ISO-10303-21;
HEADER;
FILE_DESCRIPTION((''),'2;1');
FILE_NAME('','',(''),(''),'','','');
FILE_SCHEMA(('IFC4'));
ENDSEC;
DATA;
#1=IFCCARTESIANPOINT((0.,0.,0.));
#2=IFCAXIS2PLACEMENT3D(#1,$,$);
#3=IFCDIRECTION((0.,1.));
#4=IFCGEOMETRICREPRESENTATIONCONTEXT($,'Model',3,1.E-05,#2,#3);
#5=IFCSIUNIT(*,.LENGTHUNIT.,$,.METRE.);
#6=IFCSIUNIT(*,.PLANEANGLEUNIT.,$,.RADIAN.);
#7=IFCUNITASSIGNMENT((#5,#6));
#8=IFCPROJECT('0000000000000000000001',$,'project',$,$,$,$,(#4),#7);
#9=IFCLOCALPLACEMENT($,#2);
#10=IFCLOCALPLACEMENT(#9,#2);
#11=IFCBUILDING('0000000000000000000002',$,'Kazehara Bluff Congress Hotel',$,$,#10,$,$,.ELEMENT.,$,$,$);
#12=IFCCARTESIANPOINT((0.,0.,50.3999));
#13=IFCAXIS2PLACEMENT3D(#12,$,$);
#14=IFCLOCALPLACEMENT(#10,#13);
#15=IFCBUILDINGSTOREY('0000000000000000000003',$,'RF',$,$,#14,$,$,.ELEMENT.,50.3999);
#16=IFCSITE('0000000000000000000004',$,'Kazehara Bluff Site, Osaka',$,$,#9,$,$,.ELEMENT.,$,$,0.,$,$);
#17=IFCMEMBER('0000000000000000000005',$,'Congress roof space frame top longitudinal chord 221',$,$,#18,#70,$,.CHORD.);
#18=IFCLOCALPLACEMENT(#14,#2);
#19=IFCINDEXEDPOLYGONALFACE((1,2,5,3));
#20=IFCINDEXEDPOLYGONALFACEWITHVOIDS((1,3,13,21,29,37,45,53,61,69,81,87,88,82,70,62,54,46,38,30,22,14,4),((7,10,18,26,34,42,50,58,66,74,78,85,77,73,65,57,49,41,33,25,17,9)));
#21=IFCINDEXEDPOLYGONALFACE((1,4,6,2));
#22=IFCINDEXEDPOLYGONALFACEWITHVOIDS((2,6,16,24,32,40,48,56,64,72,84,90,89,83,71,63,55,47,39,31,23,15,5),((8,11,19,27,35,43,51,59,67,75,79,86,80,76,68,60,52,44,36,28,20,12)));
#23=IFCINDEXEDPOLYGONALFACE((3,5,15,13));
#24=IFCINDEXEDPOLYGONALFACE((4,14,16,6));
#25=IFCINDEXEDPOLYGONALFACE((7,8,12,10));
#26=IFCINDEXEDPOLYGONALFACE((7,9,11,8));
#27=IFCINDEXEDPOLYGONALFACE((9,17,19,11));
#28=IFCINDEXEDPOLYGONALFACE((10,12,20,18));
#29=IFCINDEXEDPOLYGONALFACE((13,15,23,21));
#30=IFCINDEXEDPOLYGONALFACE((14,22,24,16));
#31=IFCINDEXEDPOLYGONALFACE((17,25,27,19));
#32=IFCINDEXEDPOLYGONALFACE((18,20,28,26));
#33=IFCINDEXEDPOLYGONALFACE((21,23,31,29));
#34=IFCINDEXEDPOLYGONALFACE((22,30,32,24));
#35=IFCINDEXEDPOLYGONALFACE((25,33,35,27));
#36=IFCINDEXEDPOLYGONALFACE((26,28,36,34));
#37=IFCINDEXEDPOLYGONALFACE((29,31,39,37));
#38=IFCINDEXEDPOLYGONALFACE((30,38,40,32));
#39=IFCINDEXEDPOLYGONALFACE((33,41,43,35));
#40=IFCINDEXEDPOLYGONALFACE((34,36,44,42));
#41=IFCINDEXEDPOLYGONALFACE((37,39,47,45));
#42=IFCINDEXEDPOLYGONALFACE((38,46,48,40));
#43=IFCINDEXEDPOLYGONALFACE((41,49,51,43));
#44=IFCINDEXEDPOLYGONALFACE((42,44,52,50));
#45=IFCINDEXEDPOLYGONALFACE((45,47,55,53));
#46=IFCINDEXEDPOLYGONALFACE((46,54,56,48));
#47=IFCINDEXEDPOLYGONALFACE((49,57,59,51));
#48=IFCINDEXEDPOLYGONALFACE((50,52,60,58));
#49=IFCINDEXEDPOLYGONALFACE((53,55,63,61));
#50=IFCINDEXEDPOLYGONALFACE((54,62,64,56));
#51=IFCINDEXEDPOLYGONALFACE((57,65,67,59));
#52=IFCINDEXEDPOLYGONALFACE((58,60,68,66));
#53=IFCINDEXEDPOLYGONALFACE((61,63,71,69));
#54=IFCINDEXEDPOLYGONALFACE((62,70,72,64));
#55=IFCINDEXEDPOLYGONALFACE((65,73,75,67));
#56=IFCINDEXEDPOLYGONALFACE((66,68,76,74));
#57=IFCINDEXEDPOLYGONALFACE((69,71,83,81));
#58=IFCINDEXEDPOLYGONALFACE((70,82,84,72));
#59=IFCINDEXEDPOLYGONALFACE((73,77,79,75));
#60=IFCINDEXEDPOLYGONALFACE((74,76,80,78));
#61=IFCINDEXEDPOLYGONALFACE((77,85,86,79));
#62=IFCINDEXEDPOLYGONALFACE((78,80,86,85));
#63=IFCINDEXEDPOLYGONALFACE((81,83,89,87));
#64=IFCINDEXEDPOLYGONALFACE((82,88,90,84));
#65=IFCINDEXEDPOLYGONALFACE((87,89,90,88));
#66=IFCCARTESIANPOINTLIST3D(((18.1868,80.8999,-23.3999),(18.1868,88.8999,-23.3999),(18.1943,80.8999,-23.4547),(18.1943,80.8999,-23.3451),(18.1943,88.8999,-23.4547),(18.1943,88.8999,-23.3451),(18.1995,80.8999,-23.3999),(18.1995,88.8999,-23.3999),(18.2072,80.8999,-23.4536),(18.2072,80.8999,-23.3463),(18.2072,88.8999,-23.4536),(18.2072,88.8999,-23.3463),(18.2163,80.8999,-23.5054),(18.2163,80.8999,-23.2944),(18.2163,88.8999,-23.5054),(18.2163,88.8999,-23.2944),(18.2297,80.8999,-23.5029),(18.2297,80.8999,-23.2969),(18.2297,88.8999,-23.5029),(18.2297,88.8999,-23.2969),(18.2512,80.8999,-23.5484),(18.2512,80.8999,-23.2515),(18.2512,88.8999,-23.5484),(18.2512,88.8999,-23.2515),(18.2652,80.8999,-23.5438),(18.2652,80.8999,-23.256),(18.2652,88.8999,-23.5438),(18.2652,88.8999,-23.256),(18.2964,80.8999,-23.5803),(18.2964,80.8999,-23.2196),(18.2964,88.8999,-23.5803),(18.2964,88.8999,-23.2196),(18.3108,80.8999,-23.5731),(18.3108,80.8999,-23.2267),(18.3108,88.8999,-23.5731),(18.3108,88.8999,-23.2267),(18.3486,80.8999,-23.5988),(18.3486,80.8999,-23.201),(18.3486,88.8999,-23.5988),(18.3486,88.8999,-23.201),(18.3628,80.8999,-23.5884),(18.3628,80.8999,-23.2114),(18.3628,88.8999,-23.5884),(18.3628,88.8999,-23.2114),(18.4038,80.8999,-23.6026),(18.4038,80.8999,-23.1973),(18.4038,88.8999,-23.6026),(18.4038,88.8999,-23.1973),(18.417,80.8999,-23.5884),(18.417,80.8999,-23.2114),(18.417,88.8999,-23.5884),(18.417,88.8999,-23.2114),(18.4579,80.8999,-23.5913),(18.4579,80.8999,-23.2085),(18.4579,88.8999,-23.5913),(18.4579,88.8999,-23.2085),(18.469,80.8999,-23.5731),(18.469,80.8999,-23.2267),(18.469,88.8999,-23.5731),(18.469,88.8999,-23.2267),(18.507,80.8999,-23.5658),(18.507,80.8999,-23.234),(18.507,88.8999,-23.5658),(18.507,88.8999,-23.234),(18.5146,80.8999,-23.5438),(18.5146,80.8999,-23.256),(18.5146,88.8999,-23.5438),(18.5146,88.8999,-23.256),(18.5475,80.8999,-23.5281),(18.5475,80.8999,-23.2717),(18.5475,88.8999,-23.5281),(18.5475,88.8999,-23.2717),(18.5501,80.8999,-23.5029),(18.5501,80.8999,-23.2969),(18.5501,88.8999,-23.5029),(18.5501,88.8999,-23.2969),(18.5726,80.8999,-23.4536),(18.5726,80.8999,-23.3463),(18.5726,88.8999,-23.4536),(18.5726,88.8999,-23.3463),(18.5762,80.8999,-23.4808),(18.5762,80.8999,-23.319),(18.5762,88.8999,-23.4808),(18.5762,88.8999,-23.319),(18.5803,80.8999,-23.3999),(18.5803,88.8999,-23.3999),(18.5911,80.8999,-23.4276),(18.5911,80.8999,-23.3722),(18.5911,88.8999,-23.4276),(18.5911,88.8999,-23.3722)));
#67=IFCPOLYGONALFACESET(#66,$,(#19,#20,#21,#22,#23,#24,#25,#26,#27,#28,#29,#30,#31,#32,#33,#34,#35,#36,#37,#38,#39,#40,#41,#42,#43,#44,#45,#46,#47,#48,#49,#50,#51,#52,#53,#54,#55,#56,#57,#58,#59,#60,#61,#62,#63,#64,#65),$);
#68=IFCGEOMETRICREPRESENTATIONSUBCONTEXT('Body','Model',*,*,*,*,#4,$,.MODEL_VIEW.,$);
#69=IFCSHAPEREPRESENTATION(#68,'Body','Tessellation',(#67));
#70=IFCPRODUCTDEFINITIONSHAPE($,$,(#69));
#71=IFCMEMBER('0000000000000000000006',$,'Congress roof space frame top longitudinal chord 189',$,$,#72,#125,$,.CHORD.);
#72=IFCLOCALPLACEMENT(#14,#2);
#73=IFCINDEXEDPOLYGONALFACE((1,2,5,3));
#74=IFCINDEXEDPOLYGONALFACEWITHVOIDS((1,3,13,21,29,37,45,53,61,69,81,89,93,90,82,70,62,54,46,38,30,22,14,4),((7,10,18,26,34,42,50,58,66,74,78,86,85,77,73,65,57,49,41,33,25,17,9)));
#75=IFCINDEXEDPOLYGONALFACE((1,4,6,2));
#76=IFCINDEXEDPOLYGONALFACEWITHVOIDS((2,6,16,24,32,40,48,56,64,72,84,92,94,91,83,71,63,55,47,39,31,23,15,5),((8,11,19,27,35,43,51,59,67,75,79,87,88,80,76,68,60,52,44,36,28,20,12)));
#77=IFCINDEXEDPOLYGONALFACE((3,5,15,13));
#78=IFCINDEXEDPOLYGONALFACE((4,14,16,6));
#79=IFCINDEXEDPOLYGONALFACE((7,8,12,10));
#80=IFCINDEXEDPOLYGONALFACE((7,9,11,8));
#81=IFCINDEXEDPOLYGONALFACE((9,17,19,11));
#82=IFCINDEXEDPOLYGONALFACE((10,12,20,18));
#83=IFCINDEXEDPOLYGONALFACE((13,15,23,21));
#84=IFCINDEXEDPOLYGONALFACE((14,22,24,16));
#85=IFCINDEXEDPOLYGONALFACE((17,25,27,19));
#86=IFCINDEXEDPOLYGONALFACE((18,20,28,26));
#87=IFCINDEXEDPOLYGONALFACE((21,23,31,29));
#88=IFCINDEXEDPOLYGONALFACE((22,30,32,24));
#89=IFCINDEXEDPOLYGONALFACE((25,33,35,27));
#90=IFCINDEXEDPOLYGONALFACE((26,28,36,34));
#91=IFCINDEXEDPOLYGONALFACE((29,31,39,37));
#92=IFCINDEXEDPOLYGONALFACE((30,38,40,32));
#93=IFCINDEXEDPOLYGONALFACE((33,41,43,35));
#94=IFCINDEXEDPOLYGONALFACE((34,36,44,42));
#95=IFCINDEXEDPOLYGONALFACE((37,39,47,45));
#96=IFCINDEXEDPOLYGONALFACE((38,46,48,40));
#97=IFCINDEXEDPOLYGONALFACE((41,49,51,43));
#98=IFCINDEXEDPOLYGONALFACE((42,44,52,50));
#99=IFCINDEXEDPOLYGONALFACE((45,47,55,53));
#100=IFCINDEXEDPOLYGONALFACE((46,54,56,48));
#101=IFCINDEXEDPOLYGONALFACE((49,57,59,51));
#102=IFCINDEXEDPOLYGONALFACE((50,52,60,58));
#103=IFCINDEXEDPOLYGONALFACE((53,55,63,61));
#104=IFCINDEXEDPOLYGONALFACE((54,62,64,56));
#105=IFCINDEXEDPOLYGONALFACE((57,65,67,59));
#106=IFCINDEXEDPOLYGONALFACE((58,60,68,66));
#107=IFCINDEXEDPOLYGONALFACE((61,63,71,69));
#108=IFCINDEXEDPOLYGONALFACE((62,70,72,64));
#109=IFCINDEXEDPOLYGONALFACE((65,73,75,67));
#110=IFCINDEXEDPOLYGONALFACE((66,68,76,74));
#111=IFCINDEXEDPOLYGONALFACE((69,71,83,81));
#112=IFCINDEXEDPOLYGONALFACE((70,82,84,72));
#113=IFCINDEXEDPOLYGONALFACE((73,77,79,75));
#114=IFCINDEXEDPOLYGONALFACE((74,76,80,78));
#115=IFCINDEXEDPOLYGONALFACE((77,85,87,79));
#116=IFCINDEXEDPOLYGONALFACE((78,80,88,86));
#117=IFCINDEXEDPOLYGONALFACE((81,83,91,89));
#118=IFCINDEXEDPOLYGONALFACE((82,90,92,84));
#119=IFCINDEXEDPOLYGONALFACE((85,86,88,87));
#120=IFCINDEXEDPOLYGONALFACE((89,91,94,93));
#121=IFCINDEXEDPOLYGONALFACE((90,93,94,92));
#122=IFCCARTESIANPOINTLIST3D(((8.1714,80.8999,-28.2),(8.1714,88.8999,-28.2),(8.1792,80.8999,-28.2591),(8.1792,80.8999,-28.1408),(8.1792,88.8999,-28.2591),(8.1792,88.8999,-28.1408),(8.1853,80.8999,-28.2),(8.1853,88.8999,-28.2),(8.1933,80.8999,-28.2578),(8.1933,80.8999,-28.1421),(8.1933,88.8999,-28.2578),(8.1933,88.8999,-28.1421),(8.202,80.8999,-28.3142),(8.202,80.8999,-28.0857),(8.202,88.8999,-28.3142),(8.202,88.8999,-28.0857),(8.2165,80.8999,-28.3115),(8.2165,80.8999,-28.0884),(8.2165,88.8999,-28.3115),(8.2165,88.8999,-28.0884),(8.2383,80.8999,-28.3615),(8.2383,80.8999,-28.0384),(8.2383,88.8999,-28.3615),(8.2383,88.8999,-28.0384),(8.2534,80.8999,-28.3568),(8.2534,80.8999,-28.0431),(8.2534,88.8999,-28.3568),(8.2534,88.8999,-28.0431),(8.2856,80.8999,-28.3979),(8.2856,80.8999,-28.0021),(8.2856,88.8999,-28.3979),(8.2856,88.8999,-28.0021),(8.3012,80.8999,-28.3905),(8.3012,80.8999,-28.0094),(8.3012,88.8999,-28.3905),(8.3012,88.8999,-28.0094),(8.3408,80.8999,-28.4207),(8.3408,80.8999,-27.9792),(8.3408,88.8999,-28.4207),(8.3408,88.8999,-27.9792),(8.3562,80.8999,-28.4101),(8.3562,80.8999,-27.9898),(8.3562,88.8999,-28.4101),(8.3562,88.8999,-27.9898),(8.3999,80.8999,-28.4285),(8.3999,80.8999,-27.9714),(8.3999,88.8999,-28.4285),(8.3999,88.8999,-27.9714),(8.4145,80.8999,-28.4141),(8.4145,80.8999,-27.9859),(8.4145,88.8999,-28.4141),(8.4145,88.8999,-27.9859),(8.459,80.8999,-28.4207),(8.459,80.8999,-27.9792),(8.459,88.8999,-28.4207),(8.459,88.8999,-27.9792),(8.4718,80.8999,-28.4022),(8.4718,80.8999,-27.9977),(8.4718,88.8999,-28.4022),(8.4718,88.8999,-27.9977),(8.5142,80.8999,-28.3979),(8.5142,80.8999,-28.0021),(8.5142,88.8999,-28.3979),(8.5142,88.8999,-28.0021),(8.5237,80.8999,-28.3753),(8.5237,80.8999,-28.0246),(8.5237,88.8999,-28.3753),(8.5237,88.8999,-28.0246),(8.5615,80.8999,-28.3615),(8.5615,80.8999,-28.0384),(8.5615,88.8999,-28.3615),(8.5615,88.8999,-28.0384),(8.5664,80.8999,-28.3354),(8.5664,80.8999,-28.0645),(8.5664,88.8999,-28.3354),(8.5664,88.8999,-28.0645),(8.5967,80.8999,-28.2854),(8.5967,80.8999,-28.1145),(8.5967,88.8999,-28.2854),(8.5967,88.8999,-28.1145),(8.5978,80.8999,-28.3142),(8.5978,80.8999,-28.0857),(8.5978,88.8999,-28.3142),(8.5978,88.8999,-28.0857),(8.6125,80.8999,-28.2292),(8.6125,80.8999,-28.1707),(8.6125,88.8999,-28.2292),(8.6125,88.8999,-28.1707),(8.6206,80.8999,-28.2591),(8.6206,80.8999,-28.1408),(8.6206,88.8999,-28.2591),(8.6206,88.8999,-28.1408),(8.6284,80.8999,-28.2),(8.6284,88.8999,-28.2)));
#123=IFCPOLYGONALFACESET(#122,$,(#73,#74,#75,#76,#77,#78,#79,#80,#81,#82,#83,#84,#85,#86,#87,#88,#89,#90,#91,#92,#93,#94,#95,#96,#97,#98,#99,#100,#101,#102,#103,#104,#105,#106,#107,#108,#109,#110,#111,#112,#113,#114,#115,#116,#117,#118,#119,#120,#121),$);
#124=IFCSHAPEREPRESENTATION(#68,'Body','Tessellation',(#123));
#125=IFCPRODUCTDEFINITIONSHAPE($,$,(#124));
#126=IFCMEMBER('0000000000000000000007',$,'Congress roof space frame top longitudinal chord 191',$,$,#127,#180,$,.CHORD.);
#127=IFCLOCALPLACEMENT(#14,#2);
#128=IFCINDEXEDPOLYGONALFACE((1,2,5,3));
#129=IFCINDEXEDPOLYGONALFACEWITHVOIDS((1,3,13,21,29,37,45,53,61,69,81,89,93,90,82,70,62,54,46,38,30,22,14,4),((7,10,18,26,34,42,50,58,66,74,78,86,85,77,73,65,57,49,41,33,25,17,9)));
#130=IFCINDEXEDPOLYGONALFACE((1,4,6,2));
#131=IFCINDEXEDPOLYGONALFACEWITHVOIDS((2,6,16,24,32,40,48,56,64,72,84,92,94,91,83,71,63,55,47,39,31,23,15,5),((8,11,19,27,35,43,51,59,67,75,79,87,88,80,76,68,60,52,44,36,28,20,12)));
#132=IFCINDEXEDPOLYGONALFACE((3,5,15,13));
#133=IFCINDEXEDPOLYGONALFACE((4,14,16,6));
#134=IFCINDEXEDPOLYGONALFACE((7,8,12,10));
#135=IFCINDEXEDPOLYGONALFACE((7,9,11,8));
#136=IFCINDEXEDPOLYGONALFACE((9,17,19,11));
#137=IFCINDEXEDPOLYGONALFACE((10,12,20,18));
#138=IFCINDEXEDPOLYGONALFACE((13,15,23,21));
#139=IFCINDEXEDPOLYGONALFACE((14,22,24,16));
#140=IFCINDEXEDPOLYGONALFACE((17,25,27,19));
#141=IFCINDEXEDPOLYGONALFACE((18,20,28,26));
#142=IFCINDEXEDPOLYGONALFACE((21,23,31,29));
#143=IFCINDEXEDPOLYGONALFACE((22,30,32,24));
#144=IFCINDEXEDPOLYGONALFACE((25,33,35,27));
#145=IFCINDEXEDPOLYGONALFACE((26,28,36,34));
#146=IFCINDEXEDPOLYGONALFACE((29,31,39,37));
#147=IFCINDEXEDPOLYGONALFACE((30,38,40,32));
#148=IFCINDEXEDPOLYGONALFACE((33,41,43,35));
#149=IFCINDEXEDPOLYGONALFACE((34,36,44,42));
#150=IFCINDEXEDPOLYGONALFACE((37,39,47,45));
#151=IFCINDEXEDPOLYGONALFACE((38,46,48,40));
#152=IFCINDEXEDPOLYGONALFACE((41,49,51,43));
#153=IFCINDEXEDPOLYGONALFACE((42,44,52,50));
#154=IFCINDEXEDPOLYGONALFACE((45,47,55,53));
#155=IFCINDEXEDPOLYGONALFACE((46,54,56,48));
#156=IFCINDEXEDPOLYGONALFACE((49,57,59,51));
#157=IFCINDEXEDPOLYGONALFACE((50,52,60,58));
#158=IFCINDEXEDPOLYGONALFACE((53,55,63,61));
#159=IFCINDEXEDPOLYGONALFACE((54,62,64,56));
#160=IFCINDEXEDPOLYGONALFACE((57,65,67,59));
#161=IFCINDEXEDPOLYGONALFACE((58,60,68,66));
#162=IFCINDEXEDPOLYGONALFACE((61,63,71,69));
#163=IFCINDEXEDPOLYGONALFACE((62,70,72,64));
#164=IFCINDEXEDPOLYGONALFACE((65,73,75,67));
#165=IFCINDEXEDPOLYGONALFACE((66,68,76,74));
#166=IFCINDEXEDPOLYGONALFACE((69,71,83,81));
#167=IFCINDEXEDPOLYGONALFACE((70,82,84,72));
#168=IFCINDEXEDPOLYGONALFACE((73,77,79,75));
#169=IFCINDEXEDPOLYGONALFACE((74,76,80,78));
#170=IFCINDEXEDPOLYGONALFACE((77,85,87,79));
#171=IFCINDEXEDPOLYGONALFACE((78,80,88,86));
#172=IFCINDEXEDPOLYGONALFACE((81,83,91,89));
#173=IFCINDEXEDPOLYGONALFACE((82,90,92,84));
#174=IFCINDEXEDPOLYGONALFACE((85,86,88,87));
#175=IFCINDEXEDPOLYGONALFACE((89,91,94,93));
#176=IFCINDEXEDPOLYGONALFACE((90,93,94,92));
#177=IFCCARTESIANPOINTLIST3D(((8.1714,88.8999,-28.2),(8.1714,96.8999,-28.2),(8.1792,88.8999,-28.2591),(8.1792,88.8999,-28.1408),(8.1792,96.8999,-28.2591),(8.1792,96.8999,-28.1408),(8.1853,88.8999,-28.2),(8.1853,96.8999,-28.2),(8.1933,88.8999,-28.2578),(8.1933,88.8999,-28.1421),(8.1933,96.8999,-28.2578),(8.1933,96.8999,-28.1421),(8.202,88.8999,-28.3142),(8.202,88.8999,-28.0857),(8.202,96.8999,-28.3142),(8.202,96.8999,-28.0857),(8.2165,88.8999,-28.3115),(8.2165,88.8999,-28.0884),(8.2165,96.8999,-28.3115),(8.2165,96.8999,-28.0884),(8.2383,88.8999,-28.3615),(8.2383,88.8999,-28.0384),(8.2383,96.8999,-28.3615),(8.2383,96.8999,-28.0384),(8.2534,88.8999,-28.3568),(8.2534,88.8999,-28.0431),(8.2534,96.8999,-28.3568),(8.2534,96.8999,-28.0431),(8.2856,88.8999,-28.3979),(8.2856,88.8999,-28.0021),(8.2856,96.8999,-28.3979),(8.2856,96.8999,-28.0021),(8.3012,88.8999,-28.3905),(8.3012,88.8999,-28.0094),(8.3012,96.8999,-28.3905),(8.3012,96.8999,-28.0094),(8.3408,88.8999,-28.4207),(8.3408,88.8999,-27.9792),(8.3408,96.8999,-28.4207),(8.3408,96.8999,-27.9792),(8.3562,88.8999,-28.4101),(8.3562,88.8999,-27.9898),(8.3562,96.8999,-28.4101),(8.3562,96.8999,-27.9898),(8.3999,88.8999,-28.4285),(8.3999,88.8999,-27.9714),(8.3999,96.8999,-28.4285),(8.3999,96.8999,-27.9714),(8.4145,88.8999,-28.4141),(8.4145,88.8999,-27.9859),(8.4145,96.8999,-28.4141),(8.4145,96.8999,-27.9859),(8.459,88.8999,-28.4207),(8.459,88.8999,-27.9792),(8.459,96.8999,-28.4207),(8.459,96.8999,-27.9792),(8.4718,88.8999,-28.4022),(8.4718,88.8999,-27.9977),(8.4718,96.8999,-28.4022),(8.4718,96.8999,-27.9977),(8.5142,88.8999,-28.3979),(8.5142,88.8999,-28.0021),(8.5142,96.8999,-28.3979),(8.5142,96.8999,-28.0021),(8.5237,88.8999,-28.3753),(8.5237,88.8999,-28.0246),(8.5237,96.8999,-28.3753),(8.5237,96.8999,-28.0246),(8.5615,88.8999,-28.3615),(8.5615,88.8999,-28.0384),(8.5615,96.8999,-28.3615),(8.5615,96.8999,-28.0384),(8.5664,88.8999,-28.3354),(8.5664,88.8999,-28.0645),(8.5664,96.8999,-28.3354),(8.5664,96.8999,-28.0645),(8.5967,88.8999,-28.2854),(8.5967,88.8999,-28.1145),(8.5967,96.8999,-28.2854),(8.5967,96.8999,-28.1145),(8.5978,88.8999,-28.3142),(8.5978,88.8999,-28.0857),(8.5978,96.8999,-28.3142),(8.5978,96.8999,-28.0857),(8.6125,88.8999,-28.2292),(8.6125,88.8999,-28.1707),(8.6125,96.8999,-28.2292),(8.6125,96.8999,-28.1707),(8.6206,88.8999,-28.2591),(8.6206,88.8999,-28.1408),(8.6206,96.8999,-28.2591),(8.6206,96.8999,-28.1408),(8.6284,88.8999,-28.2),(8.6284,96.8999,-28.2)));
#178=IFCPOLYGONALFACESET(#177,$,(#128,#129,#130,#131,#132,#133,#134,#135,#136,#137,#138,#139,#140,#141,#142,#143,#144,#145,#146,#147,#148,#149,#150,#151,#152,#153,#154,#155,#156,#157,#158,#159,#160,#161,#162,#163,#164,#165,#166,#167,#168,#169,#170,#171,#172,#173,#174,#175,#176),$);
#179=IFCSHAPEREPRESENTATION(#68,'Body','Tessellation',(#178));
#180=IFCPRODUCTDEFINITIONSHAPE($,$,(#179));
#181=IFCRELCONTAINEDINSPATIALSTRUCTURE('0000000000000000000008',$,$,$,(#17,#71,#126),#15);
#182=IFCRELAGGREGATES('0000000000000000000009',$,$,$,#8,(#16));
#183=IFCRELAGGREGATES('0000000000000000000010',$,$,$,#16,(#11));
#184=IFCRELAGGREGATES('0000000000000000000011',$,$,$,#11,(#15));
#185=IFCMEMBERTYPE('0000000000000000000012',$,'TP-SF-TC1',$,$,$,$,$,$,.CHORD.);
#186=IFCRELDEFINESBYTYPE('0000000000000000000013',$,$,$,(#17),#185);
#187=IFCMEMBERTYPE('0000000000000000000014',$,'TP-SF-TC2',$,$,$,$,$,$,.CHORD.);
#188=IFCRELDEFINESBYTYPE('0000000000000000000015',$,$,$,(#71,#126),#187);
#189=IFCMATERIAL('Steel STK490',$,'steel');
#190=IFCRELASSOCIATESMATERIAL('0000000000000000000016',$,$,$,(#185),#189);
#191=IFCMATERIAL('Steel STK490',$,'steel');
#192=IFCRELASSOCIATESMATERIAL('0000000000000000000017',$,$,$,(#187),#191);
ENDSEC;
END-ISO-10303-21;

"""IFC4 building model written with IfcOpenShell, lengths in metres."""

from ifc_helpers import new_model, si_unit, direction, frame, origin, origin_2d, place, context, subcontext, project, spatial, hollow_circle, extrude, material, material_profile, profile_set, type_object, element, save


model = new_model("IFC4")

# Units and contexts
model_context = context("Model", 3, precision=1e-05, world=origin(), true_north=direction((0.0, 1.0)))
body_context = subcontext(model_context, "Body", "Model", "MODEL_VIEW")
ifc_project = project(units=[si_unit("LENGTHUNIT", "METRE"), si_unit("PLANEANGLEUNIT", "RADIAN")], contexts=[model_context])

# Site, building, storey
site_placement = place(None, origin())
site = spatial("IfcSite", under=ifc_project, at=site_placement, Name="Kazehara Bluff Site, Osaka", CompositionType="ELEMENT", RefElevation=0.0)
building_placement = place(site_placement, origin())
building = spatial("IfcBuilding", under=site, at=building_placement, Name="Kazehara Bluff Congress Hotel", CompositionType="ELEMENT")
storey_placement = place(building_placement, frame((0.0, 0.0, 50.3999)))
storey = spatial("IfcBuildingStorey", under=building, at=storey_placement, Name="RF", CompositionType="ELEMENT", Elevation=50.3999)

# Members
ifc_material_1 = material(Name="Steel STK490", Category="steel")
ifc_material_profile_1 = material_profile(ifc_material_1, hollow_circle(Radius=0.2031, WallThickness=0.0127, at=origin_2d()))
ifc_profile_set_1 = profile_set([ifc_material_profile_1], Name="Steel STK490")
member_type_1 = type_object("IfcMemberType", Name="TP-SF-TC1", PredefinedType="CHORD", material=ifc_profile_set_1)
for number, where, z_axis, x_axis, name in (
    (1, (18.3899, 80.8999, -23.3999), (0.0, 1.0, 0.0), (-1.0, 0.0, 0.0), "Congress roof space frame top longitudinal chord 221"),
):
    element("IfcMember", number, at=place(storey_placement, frame(where, z_axis=z_axis, x_axis=x_axis)), inside=storey, type_object=member_type_1, Name=name, PredefinedType="CHORD", context=body_context, shape_type="SweptSolid", body=[
        extrude(hollow_circle(Radius=0.2031, WallThickness=0.0127, at=origin_2d()), origin(), (0.0, 0.0, 1.0), 8.0),
    ])
ifc_material_2 = material(Name="Steel STK490", Category="steel")
ifc_material_profile_2 = material_profile(ifc_material_2, hollow_circle(Radius=0.2285, WallThickness=0.0139, at=origin_2d()))
ifc_profile_set_2 = profile_set([ifc_material_profile_2], Name="Steel STK490")
member_type_2 = type_object("IfcMemberType", Name="TP-SF-TC2", PredefinedType="CHORD", material=ifc_profile_set_2)
for number, where, z_axis, x_axis, name in (
    (2, (8.3999, 80.8999, -28.2), (0.0, 1.0, 0.0), (-1.0, 0.0, 0.0), "Congress roof space frame top longitudinal chord 189"),
    (3, (8.3999, 88.8999, -28.2), (0.0, 1.0, 0.0), (-1.0, 0.0, 0.0), "Congress roof space frame top longitudinal chord 191"),
):
    element("IfcMember", number, at=place(storey_placement, frame(where, z_axis=z_axis, x_axis=x_axis)), inside=storey, type_object=member_type_2, Name=name, PredefinedType="CHORD", context=body_context, shape_type="SweptSolid", body=[
        extrude(hollow_circle(Radius=0.2285, WallThickness=0.0139, at=origin_2d()), origin(), (0.0, 0.0, 1.0), 8.0),
    ])

save(model, "model.ifc")
